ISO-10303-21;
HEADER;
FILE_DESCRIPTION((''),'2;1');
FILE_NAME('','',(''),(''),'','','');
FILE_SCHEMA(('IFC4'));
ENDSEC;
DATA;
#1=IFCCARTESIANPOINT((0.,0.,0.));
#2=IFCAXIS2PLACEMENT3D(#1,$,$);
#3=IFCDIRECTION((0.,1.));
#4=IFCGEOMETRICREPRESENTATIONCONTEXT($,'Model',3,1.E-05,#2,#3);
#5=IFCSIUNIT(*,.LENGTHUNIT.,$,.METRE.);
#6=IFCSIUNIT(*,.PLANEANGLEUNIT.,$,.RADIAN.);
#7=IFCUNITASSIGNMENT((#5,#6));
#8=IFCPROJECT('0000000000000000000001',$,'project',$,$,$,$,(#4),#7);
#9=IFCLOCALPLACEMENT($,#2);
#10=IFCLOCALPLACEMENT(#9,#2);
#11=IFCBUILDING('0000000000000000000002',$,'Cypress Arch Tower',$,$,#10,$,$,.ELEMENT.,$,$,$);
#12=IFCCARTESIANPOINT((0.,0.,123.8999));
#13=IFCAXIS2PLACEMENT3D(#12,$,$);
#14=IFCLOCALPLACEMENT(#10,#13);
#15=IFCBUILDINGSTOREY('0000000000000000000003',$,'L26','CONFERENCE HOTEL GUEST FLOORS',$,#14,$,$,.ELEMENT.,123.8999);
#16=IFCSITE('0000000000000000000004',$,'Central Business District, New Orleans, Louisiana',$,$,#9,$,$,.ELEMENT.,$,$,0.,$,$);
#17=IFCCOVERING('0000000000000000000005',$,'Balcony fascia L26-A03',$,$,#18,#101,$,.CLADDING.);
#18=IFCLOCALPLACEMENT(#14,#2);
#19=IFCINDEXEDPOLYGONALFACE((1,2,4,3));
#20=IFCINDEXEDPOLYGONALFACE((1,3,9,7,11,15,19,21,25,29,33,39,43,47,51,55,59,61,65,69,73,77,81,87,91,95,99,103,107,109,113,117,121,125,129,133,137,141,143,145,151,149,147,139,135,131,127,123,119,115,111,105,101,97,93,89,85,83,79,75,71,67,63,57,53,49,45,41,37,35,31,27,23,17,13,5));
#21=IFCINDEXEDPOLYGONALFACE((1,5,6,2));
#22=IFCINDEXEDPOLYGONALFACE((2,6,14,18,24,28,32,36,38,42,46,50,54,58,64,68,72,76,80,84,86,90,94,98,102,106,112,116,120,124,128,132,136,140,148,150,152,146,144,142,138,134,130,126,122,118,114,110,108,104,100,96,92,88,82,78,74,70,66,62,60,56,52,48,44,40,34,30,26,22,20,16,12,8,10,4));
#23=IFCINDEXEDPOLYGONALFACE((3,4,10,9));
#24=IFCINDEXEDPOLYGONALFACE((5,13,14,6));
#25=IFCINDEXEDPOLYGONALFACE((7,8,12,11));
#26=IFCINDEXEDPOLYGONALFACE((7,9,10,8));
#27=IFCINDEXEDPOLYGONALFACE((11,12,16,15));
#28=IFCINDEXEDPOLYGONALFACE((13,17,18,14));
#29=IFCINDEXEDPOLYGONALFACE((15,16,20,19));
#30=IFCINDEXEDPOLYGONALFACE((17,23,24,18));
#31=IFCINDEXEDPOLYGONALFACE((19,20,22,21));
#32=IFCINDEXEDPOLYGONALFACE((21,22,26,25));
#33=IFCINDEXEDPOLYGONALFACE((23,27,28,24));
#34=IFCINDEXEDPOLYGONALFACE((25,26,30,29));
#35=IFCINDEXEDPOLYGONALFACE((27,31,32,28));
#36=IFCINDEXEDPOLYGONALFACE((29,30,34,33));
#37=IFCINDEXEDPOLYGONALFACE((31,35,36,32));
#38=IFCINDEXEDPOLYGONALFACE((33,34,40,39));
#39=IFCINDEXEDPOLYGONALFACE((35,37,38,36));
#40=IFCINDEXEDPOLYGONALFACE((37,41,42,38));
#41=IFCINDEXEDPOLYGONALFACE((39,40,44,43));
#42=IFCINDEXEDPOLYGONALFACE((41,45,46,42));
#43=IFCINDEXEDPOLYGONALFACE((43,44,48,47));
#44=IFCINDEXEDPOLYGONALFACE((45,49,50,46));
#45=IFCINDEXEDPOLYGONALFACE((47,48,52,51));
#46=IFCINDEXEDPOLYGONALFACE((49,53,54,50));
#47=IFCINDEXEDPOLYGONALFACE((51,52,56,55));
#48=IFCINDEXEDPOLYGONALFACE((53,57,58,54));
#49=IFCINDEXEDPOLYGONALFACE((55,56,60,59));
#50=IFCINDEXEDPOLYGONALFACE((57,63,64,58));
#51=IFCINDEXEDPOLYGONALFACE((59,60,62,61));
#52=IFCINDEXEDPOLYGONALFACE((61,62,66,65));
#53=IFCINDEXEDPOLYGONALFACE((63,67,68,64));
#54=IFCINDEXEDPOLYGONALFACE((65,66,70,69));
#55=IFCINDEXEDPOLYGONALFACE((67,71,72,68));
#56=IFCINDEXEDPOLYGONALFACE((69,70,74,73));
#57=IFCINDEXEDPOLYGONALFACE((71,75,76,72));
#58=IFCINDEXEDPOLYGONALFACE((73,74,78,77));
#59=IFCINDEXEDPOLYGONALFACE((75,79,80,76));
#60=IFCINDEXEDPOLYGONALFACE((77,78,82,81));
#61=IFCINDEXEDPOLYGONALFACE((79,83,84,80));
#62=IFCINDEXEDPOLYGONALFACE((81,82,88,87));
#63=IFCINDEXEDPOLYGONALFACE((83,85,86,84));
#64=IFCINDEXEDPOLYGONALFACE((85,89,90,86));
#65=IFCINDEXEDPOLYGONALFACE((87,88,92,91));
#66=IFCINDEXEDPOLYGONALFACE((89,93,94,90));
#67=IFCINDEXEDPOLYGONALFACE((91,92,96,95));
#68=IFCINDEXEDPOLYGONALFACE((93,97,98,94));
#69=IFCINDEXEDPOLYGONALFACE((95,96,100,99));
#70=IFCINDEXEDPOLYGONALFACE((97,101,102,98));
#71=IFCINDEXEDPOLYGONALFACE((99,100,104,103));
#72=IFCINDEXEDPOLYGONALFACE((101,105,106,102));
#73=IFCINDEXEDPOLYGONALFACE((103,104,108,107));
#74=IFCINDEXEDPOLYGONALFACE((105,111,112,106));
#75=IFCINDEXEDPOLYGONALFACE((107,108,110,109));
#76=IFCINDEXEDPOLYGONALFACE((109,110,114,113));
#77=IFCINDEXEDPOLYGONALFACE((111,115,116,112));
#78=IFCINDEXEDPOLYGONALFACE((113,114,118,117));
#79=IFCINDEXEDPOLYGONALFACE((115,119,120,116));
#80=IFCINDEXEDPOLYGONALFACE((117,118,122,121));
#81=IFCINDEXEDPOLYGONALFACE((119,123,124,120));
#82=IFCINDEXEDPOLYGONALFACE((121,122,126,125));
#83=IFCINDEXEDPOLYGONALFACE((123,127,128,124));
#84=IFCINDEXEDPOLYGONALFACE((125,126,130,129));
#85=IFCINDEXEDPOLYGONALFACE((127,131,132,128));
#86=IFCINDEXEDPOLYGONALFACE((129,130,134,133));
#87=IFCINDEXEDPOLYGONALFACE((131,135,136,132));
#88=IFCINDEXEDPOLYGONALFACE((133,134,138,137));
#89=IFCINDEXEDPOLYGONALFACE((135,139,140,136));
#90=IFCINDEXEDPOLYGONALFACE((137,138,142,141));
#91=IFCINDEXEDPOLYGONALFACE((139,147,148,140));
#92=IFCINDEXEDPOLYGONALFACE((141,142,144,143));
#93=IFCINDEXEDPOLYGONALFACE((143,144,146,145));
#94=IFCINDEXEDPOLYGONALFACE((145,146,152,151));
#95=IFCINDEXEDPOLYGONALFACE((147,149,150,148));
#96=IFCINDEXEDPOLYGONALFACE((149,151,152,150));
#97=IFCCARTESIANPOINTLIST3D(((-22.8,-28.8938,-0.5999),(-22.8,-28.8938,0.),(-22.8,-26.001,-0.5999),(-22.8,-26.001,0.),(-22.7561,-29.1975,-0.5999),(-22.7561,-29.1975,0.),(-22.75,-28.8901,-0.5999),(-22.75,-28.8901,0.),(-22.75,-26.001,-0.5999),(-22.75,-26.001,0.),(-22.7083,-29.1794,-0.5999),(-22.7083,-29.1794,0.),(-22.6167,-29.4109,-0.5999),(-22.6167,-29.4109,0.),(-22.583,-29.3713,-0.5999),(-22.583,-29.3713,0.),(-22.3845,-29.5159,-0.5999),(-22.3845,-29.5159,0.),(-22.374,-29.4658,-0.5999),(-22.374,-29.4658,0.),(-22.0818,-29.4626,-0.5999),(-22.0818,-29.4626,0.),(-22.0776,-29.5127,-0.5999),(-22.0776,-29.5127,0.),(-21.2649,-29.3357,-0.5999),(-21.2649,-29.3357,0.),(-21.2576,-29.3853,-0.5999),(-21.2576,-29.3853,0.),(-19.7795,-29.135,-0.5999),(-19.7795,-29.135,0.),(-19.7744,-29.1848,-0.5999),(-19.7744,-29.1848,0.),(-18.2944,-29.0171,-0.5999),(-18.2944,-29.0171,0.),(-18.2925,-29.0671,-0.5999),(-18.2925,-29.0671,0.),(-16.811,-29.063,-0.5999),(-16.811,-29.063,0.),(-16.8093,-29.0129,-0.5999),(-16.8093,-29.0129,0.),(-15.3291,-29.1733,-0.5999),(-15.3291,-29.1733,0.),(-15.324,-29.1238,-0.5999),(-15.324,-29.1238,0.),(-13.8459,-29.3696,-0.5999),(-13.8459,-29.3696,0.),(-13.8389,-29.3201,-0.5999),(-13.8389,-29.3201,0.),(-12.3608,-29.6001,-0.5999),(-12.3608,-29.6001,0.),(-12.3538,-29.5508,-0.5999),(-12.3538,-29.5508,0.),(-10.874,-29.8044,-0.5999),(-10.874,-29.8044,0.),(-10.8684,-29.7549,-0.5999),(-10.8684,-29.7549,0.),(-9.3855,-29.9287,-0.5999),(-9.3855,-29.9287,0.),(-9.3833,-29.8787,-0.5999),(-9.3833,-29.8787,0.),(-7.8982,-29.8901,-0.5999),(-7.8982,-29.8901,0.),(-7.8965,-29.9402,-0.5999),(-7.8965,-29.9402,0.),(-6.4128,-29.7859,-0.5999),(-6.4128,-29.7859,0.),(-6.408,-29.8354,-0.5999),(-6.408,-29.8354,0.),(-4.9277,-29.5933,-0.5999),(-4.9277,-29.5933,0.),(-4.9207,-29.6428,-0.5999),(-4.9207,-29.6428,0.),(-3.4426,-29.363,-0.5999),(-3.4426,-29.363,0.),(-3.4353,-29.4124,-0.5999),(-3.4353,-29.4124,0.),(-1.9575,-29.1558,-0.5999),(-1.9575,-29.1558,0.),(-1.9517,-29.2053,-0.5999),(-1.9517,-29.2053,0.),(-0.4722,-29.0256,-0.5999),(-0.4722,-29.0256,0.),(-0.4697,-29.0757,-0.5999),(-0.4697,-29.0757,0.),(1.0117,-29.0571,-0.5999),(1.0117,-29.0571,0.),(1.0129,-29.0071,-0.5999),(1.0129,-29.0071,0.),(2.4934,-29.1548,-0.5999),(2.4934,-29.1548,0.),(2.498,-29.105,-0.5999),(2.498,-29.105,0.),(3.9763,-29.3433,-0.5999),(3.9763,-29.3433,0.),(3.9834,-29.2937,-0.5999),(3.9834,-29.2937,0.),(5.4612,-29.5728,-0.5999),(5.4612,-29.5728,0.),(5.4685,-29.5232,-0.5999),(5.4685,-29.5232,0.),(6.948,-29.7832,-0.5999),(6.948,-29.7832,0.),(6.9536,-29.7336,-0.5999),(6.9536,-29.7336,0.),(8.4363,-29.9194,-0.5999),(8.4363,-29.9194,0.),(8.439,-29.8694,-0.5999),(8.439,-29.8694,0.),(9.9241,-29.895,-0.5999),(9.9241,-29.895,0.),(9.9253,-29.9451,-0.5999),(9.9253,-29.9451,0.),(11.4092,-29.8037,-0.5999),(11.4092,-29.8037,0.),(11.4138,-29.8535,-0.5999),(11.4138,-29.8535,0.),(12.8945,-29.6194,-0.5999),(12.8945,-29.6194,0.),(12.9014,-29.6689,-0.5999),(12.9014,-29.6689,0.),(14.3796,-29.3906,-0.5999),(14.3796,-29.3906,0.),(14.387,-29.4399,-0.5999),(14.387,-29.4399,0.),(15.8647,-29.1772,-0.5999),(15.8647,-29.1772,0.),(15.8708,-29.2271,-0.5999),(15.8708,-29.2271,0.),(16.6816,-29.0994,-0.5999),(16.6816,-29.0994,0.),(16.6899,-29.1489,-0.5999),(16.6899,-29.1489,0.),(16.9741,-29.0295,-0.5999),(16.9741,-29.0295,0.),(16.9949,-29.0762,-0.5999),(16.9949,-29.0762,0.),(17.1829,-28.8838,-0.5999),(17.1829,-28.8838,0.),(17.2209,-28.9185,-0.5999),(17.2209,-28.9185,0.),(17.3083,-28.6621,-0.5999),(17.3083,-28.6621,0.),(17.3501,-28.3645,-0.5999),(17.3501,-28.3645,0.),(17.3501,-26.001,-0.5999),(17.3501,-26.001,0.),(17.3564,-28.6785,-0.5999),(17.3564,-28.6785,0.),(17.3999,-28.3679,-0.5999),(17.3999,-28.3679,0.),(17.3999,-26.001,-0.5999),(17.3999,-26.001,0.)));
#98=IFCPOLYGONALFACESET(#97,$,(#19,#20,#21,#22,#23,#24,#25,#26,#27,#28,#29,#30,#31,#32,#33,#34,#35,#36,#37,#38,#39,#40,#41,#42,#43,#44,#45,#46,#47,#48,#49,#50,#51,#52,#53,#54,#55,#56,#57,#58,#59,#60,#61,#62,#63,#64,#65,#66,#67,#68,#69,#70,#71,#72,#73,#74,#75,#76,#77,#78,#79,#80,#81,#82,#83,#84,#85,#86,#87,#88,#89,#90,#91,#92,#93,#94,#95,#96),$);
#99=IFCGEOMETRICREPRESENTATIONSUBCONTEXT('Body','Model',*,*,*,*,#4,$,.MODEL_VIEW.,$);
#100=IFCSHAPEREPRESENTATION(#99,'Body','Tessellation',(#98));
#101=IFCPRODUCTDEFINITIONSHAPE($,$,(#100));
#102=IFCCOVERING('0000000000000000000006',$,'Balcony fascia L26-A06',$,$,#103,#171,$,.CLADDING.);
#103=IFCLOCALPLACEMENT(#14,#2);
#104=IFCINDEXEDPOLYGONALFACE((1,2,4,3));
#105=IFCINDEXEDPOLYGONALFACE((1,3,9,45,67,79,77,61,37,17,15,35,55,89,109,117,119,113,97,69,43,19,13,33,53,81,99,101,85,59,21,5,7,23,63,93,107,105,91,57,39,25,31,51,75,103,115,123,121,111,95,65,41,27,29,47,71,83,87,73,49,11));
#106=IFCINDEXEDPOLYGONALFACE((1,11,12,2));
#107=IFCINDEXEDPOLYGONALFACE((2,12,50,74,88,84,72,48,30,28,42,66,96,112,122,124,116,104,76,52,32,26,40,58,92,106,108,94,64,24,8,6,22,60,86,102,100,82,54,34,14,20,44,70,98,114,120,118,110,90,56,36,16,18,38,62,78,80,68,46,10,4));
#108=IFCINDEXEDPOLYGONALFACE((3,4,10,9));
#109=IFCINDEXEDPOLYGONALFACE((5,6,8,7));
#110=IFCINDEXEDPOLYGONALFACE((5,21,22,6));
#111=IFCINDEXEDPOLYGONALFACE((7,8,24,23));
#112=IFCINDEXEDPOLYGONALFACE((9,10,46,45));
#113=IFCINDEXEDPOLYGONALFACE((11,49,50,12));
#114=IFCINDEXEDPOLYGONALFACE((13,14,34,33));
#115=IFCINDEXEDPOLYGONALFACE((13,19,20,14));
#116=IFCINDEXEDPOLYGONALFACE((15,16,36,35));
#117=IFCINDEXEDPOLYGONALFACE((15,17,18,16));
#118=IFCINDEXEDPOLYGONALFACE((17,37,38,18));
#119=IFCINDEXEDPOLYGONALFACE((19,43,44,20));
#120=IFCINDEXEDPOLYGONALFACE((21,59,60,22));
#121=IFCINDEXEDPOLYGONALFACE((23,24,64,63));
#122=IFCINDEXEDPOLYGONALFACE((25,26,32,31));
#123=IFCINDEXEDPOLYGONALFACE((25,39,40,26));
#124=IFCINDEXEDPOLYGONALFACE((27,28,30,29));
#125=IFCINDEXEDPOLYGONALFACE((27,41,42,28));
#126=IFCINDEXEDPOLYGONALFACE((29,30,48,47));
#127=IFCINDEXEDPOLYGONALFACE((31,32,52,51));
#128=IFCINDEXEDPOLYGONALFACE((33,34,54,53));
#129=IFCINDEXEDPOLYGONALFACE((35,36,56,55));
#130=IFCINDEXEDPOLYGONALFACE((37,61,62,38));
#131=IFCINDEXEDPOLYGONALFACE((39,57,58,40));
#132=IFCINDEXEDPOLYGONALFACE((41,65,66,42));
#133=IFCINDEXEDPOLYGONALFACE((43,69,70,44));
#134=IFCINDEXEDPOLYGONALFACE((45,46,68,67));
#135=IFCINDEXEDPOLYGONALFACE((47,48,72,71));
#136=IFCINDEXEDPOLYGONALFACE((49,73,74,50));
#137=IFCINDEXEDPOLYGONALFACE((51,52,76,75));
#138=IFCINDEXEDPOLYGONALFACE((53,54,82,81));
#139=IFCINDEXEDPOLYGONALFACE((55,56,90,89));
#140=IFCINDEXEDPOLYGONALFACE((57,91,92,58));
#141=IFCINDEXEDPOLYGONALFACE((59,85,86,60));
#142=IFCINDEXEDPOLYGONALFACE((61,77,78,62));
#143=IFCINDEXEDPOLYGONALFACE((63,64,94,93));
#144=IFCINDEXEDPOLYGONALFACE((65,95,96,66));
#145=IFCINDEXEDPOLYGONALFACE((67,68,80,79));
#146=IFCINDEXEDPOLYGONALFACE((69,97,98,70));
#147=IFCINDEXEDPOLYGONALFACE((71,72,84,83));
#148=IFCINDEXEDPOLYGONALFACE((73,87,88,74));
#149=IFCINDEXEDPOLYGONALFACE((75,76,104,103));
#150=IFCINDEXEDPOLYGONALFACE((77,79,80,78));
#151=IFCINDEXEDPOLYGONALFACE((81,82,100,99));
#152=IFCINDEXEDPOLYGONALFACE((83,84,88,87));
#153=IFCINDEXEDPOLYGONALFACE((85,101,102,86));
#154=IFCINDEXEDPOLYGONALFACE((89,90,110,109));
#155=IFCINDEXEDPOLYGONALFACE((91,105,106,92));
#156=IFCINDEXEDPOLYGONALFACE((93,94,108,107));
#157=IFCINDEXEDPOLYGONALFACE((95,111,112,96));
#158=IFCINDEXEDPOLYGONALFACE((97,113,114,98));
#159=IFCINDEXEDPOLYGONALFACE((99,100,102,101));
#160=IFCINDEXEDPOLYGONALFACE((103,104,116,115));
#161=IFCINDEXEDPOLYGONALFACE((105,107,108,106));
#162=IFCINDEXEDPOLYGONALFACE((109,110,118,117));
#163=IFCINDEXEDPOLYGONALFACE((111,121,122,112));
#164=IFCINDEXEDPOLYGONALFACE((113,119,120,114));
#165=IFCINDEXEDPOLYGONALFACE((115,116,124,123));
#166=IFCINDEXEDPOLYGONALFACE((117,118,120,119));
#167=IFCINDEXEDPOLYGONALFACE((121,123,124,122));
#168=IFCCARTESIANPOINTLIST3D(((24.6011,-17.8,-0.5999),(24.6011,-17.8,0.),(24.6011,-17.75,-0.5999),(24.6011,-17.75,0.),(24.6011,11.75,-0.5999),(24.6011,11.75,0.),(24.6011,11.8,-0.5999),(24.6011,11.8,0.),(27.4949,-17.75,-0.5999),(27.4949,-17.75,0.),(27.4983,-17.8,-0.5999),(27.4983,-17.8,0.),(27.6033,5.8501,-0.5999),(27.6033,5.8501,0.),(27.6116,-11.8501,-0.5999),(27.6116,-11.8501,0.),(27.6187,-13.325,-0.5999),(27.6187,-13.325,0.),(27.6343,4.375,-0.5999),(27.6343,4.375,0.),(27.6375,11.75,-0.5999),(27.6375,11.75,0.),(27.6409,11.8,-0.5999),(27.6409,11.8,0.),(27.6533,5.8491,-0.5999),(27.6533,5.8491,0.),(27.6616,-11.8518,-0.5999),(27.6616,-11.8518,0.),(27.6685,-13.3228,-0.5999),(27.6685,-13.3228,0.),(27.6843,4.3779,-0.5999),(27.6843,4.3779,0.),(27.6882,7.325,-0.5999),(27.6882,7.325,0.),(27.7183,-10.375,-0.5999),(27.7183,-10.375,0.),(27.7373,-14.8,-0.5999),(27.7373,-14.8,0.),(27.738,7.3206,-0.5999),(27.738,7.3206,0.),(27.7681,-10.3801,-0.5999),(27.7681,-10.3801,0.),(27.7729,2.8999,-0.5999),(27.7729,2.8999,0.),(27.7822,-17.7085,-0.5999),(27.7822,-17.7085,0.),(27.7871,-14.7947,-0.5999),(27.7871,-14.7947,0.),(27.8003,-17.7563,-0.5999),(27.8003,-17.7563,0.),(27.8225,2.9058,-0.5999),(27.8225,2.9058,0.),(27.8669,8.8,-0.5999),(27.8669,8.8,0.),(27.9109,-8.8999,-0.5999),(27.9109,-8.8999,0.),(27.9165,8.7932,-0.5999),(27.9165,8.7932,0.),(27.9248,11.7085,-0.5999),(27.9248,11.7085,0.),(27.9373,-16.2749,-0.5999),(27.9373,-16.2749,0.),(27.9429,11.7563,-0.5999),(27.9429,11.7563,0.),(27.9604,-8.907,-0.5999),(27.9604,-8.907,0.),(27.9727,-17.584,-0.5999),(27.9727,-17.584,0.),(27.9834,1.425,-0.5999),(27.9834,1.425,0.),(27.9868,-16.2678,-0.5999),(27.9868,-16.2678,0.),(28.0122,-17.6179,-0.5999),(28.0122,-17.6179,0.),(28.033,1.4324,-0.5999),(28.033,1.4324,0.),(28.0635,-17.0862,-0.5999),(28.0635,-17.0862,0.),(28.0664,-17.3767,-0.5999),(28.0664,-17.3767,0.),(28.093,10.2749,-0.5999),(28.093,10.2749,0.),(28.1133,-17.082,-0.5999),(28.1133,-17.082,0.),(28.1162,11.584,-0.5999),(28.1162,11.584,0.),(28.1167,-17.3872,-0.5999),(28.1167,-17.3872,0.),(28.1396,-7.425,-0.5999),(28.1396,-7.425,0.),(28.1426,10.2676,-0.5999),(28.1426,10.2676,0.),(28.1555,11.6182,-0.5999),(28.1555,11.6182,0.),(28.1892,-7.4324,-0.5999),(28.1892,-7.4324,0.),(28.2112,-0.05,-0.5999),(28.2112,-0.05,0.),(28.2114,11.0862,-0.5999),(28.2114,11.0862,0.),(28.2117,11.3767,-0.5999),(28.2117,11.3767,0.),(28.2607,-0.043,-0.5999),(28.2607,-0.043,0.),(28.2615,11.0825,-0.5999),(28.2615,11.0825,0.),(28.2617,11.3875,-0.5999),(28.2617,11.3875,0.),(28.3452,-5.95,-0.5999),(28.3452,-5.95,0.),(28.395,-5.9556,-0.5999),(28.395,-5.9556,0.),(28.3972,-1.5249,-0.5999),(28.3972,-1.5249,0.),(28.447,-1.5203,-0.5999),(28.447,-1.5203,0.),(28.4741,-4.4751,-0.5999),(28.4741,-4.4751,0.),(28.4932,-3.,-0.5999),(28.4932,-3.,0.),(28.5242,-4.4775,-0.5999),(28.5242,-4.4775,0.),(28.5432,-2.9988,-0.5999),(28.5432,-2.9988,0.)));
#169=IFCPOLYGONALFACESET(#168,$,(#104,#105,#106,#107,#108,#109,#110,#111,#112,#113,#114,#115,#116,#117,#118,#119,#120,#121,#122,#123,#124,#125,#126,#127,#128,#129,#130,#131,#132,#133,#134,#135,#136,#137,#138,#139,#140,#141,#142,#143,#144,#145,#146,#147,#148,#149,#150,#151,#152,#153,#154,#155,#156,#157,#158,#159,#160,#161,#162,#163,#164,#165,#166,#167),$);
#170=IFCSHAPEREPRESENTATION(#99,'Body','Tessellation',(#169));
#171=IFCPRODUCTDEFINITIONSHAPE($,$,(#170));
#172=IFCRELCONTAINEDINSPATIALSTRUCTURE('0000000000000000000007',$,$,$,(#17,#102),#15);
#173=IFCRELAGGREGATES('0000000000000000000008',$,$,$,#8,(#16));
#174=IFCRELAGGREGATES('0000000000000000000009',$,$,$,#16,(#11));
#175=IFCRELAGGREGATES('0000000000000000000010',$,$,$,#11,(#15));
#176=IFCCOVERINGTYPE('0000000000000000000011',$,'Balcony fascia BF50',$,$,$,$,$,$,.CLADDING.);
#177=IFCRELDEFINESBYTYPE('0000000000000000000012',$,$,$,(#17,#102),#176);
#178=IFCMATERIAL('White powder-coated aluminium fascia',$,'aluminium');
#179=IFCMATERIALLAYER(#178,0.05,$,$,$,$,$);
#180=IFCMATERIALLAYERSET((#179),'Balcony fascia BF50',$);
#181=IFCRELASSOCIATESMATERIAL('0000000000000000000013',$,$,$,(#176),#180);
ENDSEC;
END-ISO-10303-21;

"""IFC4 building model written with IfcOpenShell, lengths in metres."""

from ifc_helpers import new_model, si_unit, direction, frame, origin, place, context, subcontext, project, spatial, polyline, outline, extrude, material, layer, layer_set, type_object, element, save


model = new_model("IFC4")

# Units and contexts
model_context = context("Model", 3, precision=1e-05, world=origin(), true_north=direction((0.0, 1.0)))
body_context = subcontext(model_context, "Body", "Model", "MODEL_VIEW")
ifc_project = project(units=[si_unit("LENGTHUNIT", "METRE"), si_unit("PLANEANGLEUNIT", "RADIAN")], contexts=[model_context])

# Site, building, storey
site_placement = place(None, origin())
site = spatial("IfcSite", under=ifc_project, at=site_placement, Name="Central Business District, New Orleans, Louisiana", CompositionType="ELEMENT", RefElevation=0.0)
building_placement = place(site_placement, origin())
building = spatial("IfcBuilding", under=site, at=building_placement, Name="Cypress Arch Tower", CompositionType="ELEMENT")
storey_placement = place(building_placement, frame((0.0, 0.0, 123.8999)))
storey = spatial("IfcBuildingStorey", under=building, at=storey_placement, Name="L26", Description="CONFERENCE HOTEL GUEST FLOORS", CompositionType="ELEMENT", Elevation=123.8999)

# Coverings
ifc_material_1 = material(Name="White powder-coated aluminium fascia", Category="aluminium")
ifc_layer_1 = layer(ifc_material_1, 0.05)
ifc_layer_set_1 = layer_set([ifc_layer_1], Name="Balcony fascia BF50")
covering_type_1 = type_object("IfcCoveringType", Name="Balcony fascia BF50", PredefinedType="CLADDING", material=ifc_layer_set_1)
covering_1_placement = place(storey_placement, frame((0.0, 0.0, -0.5999)))
element("IfcCovering", 1, at=covering_1_placement, inside=storey, type_object=covering_type_1, Name="Balcony fascia L26-A03", PredefinedType="CLADDING", context=body_context, shape_type="SweptSolid", body=[
    extrude(outline(polyline([(17.3999, -28.3679), (17.3564, -28.6785), (17.2209, -28.9185), (16.9949, -29.0762), (16.6899, -29.1489), (15.8708, -29.2271), (14.387, -29.4399), (12.9014, -29.6689), (11.4138, -29.8535), (9.9253, -29.9451), (8.4363, -29.9194), (6.948, -29.7832), (5.4612, -29.5728), (3.9763, -29.3433), (2.4934, -29.1548), (1.0117, -29.0571), (-0.4697, -29.0757), (-1.9517, -29.2053), (-3.4353, -29.4124), (-4.9207, -29.6428), (-6.408, -29.8354), (-7.8965, -29.9402), (-9.3855, -29.9287), (-10.874, -29.8044), (-12.3608, -29.6001), (-13.8459, -29.3696), (-15.3291, -29.1733), (-16.811, -29.063), (-18.2925, -29.0671), (-19.7744, -29.1848), (-21.2576, -29.3853), (-22.0776, -29.5127), (-22.3845, -29.5159), (-22.6167, -29.4109), (-22.7561, -29.1975), (-22.8, -28.8938), (-22.8, -26.001), (-22.75, -26.001), (-22.75, -28.8901), (-22.7083, -29.1794), (-22.583, -29.3713), (-22.374, -29.4658), (-22.0818, -29.4626), (-21.2649, -29.3357), (-19.7795, -29.135), (-18.2944, -29.0171), (-16.8093, -29.0129), (-15.324, -29.1238), (-13.8389, -29.3201), (-12.3538, -29.5508), (-10.8684, -29.7549), (-9.3833, -29.8787), (-7.8982, -29.8901), (-6.4128, -29.7859), (-4.9277, -29.5933), (-3.4426, -29.363), (-1.9575, -29.1558), (-0.4722, -29.0256), (1.0129, -29.0071), (2.498, -29.105), (3.9834, -29.2937), (5.4685, -29.5232), (6.9536, -29.7336), (8.439, -29.8694), (9.9241, -29.895), (11.4092, -29.8037), (12.8945, -29.6194), (14.3796, -29.3906), (15.8647, -29.1772), (16.6816, -29.0994), (16.9741, -29.0295), (17.1829, -28.8838), (17.3083, -28.6621), (17.3501, -28.3645), (17.3501, -26.001), (17.3999, -26.001), (17.3999, -28.3679)])), origin(), (0.0, 0.0, 1.0), 0.5999),
])
covering_2_placement = place(storey_placement, frame((0.0, 0.0, -0.5999)))
element("IfcCovering", 2, at=covering_2_placement, inside=storey, type_object=covering_type_1, Name="Balcony fascia L26-A06", PredefinedType="CLADDING", context=body_context, shape_type="SweptSolid", body=[
    extrude(outline(polyline([(27.6409, 11.8), (27.9429, 11.7563), (28.1555, 11.6182), (28.2617, 11.3875), (28.2615, 11.0825), (28.1426, 10.2676), (27.9165, 8.7932), (27.738, 7.3206), (27.6533, 5.8491), (27.6843, 4.3779), (27.8225, 2.9058), (28.033, 1.4324), (28.2607, -0.043), (28.447, -1.5203), (28.5432, -2.9988), (28.5242, -4.4775), (28.395, -5.9556), (28.1892, -7.4324), (27.9604, -8.907), (27.7681, -10.3801), (27.6616, -11.8518), (27.6685, -13.3228), (27.7871, -14.7947), (27.9868, -16.2678), (28.1133, -17.082), (28.1167, -17.3872), (28.0122, -17.6179), (27.8003, -17.7563), (27.4983, -17.8), (24.6011, -17.8), (24.6011, -17.75), (27.4949, -17.75), (27.7822, -17.7085), (27.9727, -17.584), (28.0664, -17.3767), (28.0635, -17.0862), (27.9373, -16.2749), (27.7373, -14.8), (27.6187, -13.325), (27.6116, -11.8501), (27.7183, -10.375), (27.9109, -8.8999), (28.1396, -7.425), (28.3452, -5.95), (28.4741, -4.4751), (28.4932, -3.0), (28.3972, -1.5249), (28.2112, -0.05), (27.9834, 1.425), (27.7729, 2.8999), (27.6343, 4.375), (27.6033, 5.8501), (27.6882, 7.325), (27.8669, 8.8), (28.093, 10.2749), (28.2114, 11.0862), (28.2117, 11.3767), (28.1162, 11.584), (27.9248, 11.7085), (27.6375, 11.75), (24.6011, 11.75), (24.6011, 11.8), (27.6409, 11.8)])), origin(), (0.0, 0.0, 1.0), 0.5999),
])

save(model, "model.ifc")
